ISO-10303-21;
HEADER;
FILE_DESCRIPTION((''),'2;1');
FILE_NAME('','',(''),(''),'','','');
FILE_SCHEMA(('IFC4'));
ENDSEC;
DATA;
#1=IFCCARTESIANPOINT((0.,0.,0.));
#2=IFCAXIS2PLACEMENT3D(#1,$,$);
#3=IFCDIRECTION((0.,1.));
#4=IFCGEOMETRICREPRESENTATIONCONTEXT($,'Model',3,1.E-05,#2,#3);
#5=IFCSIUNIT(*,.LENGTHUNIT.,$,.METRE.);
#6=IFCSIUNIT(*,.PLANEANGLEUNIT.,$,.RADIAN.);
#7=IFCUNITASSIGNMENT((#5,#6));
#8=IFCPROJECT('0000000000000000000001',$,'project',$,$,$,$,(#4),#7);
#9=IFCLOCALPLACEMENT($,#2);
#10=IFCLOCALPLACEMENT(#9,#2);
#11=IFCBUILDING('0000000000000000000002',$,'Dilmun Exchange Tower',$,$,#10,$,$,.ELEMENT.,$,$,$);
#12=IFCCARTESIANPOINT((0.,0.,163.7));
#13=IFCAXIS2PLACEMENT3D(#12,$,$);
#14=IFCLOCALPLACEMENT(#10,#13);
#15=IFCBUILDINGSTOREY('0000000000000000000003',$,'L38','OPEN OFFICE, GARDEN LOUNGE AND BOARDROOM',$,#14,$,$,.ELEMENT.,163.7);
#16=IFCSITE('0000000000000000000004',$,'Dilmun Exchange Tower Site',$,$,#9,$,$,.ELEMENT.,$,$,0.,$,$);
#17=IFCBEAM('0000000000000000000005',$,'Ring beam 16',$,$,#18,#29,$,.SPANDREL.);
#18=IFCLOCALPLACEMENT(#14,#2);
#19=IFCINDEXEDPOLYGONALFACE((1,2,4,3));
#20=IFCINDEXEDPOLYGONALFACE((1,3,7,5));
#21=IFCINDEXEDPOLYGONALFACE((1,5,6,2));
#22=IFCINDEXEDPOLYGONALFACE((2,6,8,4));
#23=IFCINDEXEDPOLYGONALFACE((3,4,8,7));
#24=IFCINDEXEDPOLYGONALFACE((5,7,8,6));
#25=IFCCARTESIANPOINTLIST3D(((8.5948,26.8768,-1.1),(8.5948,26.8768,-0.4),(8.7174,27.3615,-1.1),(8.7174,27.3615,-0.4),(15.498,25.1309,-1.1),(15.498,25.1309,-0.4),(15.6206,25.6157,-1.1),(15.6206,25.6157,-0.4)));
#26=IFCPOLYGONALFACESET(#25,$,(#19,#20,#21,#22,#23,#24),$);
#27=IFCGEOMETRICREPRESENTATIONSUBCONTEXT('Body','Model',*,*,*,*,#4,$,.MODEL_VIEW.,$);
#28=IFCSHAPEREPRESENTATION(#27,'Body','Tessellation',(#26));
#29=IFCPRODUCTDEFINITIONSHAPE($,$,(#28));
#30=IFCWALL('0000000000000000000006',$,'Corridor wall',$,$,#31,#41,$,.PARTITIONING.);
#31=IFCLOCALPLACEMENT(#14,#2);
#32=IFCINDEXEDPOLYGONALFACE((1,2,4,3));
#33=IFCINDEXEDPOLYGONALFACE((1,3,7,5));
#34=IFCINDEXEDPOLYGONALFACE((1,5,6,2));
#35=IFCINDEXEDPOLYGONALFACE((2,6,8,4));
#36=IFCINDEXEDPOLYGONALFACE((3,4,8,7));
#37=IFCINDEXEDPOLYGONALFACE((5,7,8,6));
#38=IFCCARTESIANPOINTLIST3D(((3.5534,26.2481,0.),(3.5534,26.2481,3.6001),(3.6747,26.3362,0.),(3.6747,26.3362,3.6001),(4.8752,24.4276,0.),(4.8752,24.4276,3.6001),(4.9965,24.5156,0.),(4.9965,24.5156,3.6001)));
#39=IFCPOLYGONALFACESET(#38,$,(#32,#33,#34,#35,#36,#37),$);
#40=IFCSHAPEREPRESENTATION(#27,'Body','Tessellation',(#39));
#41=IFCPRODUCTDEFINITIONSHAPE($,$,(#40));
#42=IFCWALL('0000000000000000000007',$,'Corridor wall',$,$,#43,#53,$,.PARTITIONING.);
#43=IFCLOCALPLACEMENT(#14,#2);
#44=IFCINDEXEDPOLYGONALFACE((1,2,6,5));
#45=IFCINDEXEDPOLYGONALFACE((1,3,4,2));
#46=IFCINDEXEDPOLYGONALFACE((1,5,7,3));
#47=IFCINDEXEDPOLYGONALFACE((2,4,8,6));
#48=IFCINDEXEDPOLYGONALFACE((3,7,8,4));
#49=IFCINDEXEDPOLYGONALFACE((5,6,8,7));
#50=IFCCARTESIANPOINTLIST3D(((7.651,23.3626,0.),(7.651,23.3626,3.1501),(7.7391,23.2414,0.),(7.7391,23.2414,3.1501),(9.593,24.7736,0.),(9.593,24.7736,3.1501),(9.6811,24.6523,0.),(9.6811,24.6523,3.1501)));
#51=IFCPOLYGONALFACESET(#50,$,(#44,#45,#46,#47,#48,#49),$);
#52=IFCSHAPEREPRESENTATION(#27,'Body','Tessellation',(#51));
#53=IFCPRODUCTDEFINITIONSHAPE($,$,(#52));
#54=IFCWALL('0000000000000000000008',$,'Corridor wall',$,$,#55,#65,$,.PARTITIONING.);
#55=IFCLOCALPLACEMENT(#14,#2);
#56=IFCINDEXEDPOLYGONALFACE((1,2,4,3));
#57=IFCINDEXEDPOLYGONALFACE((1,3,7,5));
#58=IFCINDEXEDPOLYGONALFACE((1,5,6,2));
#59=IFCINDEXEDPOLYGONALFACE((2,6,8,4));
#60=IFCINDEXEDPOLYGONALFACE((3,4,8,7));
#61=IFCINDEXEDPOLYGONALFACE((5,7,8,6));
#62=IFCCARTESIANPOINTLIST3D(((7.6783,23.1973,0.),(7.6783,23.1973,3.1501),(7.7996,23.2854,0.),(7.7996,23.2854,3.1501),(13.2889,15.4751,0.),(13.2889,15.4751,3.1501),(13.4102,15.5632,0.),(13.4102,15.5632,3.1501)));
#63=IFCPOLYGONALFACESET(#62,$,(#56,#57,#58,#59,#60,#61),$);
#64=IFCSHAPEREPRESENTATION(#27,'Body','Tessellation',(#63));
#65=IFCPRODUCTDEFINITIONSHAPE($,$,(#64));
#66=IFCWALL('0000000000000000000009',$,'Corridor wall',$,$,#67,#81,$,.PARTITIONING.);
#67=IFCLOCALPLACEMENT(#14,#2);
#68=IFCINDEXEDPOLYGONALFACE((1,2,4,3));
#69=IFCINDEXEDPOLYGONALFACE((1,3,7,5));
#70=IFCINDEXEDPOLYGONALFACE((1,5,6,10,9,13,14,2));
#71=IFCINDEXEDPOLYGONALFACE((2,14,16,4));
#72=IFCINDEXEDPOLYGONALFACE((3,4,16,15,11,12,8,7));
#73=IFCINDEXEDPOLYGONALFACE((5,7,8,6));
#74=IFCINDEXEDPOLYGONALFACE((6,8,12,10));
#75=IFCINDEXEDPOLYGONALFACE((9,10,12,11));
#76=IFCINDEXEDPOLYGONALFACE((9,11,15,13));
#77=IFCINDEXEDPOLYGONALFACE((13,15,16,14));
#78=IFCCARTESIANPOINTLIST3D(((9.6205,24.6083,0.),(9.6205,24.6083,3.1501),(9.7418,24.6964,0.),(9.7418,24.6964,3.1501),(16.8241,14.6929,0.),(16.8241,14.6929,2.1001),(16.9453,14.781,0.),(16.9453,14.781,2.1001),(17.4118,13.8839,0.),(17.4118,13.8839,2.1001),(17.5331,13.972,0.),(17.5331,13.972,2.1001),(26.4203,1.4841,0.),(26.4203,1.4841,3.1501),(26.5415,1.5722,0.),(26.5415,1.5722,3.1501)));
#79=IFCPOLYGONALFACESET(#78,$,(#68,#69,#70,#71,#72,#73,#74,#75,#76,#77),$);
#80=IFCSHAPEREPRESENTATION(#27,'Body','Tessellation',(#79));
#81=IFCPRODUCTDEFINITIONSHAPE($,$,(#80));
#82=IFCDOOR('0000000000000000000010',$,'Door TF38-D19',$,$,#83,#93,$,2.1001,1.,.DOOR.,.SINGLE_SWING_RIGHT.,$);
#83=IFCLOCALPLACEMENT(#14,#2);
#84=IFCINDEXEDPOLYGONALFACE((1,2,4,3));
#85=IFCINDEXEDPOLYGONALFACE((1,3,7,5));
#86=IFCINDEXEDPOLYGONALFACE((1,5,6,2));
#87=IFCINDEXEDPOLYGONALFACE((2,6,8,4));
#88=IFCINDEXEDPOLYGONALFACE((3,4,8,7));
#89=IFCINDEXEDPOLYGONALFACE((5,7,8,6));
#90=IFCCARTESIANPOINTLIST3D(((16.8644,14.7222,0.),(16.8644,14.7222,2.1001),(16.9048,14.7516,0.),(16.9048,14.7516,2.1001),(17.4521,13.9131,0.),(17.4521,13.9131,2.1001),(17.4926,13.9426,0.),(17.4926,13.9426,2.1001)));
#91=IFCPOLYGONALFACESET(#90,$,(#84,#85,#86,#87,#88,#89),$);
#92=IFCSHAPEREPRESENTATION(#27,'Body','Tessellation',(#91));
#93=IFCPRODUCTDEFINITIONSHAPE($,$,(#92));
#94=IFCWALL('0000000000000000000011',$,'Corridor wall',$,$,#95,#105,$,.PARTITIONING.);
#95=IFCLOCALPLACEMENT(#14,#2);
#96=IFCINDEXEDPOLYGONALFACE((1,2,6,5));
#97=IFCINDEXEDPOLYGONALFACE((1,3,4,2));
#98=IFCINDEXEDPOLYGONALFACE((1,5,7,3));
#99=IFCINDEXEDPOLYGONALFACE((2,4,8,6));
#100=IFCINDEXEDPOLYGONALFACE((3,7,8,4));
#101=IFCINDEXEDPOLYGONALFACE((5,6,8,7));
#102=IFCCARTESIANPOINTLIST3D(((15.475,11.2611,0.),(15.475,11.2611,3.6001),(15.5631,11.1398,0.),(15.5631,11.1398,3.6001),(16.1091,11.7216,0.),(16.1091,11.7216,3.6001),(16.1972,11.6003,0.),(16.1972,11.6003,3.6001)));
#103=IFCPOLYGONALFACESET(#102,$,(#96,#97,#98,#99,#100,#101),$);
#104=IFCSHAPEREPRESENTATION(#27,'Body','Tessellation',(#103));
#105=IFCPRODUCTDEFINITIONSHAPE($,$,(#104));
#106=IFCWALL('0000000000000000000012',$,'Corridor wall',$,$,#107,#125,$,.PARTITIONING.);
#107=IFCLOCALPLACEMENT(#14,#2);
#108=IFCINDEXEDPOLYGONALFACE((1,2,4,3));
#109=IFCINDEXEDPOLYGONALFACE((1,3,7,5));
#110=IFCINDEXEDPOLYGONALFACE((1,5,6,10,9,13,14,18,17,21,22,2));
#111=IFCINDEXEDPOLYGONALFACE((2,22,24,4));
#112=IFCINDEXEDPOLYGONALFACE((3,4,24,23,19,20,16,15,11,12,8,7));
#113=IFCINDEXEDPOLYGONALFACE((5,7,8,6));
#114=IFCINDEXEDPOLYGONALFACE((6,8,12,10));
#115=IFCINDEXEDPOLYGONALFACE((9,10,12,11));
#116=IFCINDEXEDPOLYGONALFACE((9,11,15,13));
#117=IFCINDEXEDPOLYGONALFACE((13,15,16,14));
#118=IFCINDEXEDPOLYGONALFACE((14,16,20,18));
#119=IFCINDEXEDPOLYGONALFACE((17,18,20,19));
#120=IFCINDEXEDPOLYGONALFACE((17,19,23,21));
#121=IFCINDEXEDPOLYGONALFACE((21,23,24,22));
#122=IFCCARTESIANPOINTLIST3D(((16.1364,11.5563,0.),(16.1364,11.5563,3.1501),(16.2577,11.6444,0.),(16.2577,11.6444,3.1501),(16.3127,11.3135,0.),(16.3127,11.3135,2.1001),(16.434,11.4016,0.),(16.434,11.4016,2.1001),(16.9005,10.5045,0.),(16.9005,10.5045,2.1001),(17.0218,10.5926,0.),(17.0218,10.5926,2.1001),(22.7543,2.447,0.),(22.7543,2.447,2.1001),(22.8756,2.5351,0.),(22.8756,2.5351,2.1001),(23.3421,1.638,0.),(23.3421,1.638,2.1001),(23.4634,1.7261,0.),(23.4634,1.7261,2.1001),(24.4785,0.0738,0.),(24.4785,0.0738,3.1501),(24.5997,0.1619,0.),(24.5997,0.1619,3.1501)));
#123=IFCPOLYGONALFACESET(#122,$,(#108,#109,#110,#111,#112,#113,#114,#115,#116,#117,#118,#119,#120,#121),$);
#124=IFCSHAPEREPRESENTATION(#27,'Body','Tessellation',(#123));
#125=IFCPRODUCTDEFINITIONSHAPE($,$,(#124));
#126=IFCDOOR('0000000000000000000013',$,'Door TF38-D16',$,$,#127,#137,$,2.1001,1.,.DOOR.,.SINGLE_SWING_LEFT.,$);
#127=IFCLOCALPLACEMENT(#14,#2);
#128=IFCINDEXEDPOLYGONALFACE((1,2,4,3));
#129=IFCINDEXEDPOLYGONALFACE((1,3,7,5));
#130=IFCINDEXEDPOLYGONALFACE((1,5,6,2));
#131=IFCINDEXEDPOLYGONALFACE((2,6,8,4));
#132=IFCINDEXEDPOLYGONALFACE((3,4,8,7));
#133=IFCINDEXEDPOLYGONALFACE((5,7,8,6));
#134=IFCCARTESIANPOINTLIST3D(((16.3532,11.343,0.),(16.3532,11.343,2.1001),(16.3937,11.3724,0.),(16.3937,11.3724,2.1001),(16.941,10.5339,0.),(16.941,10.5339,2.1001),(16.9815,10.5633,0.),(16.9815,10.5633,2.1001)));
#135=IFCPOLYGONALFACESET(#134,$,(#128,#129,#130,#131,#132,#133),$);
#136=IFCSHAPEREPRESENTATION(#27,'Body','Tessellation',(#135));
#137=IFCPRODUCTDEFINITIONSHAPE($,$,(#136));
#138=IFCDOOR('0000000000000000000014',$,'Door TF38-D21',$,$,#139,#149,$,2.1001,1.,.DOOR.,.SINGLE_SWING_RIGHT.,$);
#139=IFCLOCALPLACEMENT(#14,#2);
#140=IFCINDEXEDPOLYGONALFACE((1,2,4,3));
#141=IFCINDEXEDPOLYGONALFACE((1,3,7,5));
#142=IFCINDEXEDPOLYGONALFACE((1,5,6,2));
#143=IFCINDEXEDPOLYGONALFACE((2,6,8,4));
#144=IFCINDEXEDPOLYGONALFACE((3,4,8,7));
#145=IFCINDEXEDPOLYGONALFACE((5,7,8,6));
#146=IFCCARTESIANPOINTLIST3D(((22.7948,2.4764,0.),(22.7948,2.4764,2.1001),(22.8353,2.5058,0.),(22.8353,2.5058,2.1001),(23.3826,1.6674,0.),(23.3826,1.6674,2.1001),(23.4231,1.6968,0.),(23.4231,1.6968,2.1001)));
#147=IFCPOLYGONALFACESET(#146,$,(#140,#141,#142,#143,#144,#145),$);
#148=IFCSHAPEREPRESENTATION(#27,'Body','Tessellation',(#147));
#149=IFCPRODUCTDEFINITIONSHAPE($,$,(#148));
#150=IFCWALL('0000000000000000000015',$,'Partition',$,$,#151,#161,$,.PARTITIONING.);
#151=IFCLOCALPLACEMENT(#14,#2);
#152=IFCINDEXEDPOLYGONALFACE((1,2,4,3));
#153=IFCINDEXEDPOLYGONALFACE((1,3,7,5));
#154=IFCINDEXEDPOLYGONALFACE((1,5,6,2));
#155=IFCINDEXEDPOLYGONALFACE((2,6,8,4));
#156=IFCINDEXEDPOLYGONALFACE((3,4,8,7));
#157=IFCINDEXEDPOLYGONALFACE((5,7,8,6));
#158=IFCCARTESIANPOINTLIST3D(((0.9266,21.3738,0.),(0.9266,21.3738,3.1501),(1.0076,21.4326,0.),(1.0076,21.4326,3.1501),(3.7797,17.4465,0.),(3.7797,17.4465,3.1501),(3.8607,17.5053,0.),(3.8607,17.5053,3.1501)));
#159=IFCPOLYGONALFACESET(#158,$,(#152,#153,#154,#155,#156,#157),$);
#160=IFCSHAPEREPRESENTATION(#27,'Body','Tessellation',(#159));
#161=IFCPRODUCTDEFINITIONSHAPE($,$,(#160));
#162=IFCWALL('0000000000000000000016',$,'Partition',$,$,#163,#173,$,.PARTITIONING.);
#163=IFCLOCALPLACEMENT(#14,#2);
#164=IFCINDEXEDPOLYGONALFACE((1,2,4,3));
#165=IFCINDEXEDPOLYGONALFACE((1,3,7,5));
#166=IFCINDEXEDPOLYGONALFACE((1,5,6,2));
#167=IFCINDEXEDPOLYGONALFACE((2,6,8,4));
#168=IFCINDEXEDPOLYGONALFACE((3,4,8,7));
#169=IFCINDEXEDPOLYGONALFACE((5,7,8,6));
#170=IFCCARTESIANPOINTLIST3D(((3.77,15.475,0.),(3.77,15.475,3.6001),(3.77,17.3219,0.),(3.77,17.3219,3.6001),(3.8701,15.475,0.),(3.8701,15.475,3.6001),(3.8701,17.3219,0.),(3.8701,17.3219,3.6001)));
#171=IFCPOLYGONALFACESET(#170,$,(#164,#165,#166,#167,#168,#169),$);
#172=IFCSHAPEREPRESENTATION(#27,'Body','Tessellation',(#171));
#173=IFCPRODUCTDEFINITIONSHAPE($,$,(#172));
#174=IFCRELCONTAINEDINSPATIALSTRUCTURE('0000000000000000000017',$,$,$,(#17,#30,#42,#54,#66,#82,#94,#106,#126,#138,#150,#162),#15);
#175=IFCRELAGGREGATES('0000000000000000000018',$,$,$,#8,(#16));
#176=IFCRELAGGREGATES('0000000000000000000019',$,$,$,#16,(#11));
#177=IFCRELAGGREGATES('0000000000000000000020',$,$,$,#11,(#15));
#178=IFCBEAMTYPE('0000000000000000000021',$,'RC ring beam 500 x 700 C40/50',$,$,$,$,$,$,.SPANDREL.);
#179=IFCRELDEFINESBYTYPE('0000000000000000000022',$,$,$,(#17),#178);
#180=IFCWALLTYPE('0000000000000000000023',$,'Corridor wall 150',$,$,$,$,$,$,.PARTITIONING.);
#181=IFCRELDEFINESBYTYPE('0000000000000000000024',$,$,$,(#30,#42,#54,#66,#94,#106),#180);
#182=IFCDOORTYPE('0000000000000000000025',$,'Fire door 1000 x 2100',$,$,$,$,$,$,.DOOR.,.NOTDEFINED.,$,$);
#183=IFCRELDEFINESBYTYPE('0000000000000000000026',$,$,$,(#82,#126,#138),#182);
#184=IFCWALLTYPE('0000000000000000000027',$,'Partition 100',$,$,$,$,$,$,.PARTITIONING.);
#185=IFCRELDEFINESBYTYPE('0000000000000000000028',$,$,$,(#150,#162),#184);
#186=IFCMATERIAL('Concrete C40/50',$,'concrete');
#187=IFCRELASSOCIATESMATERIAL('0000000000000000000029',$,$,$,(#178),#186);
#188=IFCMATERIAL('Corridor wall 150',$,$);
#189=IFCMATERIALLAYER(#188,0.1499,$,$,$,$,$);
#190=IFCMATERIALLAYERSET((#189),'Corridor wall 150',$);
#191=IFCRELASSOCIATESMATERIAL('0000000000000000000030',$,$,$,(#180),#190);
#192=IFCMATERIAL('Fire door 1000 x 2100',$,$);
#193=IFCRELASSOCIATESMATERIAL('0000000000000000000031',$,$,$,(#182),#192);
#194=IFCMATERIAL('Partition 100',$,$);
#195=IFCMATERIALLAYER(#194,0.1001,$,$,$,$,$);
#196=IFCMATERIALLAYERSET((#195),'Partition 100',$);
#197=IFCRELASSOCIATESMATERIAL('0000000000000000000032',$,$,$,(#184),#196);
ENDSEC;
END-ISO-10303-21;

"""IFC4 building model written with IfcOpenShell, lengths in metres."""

from ifc_helpers import new_model, si_unit, direction, frame, frame_2d, origin, origin_2d, place, context, subcontext, project, spatial, rectangle, extrude, material, layer, layer_set, material_profile, profile_set, type_object, element, fill, save


model = new_model("IFC4")

# Units and contexts
model_context = context("Model", 3, precision=1e-05, world=origin(), true_north=direction((0.0, 1.0)))
body_context = subcontext(model_context, "Body", "Model", "MODEL_VIEW")
ifc_project = project(units=[si_unit("LENGTHUNIT", "METRE"), si_unit("PLANEANGLEUNIT", "RADIAN")], contexts=[model_context])

# Site, building, storey
site_placement = place(None, origin())
site = spatial("IfcSite", under=ifc_project, at=site_placement, Name="Dilmun Exchange Tower Site", CompositionType="ELEMENT", RefElevation=0.0)
building_placement = place(site_placement, origin())
building = spatial("IfcBuilding", under=site, at=building_placement, Name="Dilmun Exchange Tower", CompositionType="ELEMENT")
storey_placement = place(building_placement, frame((0.0, 0.0, 163.7)))
storey = spatial("IfcBuildingStorey", under=building, at=storey_placement, Name="L38", Description="OPEN OFFICE, GARDEN LOUNGE AND BOARDROOM", CompositionType="ELEMENT", Elevation=163.7)

# Beam
ifc_material_1 = material(Name="Concrete C40/50", Category="concrete")
ifc_material_profile_1 = material_profile(ifc_material_1, rectangle(XDim=0.5, YDim=0.7, at=origin_2d()), Name="500 x 700")
ifc_profile_set_1 = profile_set([ifc_material_profile_1], Name="Concrete C40/50")
beam_type_1 = type_object("IfcBeamType", Name="RC ring beam 500 x 700 C40/50", PredefinedType="SPANDREL", material=ifc_profile_set_1)
beam_1_placement = place(storey_placement, frame((15.5593, 25.3733, -0.75), z_axis=(-0.969477, 0.245181, 0.0), x_axis=(-0.245181, -0.969477, 0.0)))
element("IfcBeam", 1, at=beam_1_placement, inside=storey, type_object=beam_type_1, Name="Ring beam 16", PredefinedType="SPANDREL", context=body_context, shape_type="SweptSolid", body=[
    extrude(rectangle(XDim=0.5, YDim=0.7, at=origin_2d()), origin(), (0.0, 0.0, 1.0), 7.1206),
])

# Walls
ifc_material_2 = material(Name="Corridor wall 150")
ifc_layer_1 = layer(ifc_material_2, 0.1499)
ifc_layer_set_1 = layer_set([ifc_layer_1], Name="Corridor wall 150")
wall_type_1 = type_object("IfcWallType", Name="Corridor wall 150", PredefinedType="PARTITIONING", material=ifc_layer_set_1)
wall_1_placement = place(storey_placement, frame((3.614, 26.2922, 0.0), z_axis=(0.0, 0.0, 1.0), x_axis=(0.587513, -0.809214, 0.0)))
element("IfcWall", 2, at=wall_1_placement, inside=storey, type_object=wall_type_1, Name="Corridor wall", PredefinedType="PARTITIONING", context=body_context, shape_type="SweptSolid", body=[
    extrude(rectangle(XDim=2.2498, YDim=0.1499, at=frame_2d((1.125, 0.0))), origin(), (0.0, 0.0, 1.0), 3.6001),
])
wall_2_placement = place(storey_placement, frame((7.6951, 23.302, 0.0), z_axis=(0.0, 0.0, 1.0), x_axis=(0.809013, 0.587791, 0.0)))
element("IfcWall", 3, at=wall_2_placement, inside=storey, type_object=wall_type_1, Name="Corridor wall", PredefinedType="PARTITIONING", context=body_context, shape_type="SweptSolid", body=[
    extrude(rectangle(XDim=2.4004, YDim=0.1499, at=frame_2d((1.2002, 0.0))), origin(), (0.0, 0.0, 1.0), 3.1501),
])
wall_3_placement = place(storey_placement, frame((7.739, 23.2412, 0.0), z_axis=(0.0, 0.0, 1.0), x_axis=(0.587793, -0.809011, 0.0)))
element("IfcWall", 4, at=wall_3_placement, inside=storey, type_object=wall_type_1, Name="Corridor wall", PredefinedType="PARTITIONING", context=body_context, shape_type="SweptSolid", body=[
    extrude(rectangle(XDim=9.5452, YDim=0.1499, at=frame_2d((4.7725, 0.0))), origin(), (0.0, 0.0, 1.0), 3.1501),
])

# Wall, opening, door
wall_4_placement = place(storey_placement, frame((9.6812, 24.6523, 0.0), z_axis=(0.0, 0.0, 1.0), x_axis=(0.587763, -0.809033, 0.0)))
wall_4 = element("IfcWall", 5, at=wall_4_placement, inside=storey, type_object=wall_type_1, Name="Corridor wall", PredefinedType="PARTITIONING", context=body_context, shape_type="SweptSolid", body=[
    extrude(rectangle(XDim=28.5825, YDim=0.1499, at=frame_2d((14.2913, 0.0))), origin(), (0.0, 0.0, 1.0), 3.1501),
])
opening_1_placement = place(wall_4_placement, frame((12.2559, 0.0, 0.0)))
opening_1 = element("IfcOpeningElement", 6, at=opening_1_placement, cuts=wall_4, PredefinedType="OPENING", context=body_context, shape_type="SweptSolid", body=[
    extrude(rectangle(XDim=1.0, YDim=2.1001, at=frame_2d((0.5, 1.05))), frame((0.0, 0.085, 0.0), z_axis=(0.0, -1.0, 0.0), x_axis=(1.0, 0.0, 0.0)), (0.0, 0.0, 1.0), 0.1699),
])
ifc_material_3 = material(Name="Fire door 1000 x 2100")
door_type = type_object("IfcDoorType", Name="Fire door 1000 x 2100", OperationType="NOTDEFINED", PredefinedType="DOOR", material=ifc_material_3)
door_1_placement = place(opening_1_placement, origin())
door_1 = element("IfcDoor", 7, at=door_1_placement, inside=storey, type_object=door_type, Name="Door TF38-D19", OperationType="SINGLE_SWING_RIGHT", OverallHeight=2.1001, OverallWidth=1.0, PredefinedType="DOOR", context=body_context, shape_type="SweptSolid", body=[
    extrude(rectangle(XDim=1.0, YDim=2.1001, at=frame_2d((0.5, 1.05))), frame((0.0, 0.0249, 0.0), z_axis=(0.0, -1.0, 0.0), x_axis=(1.0, 0.0, 0.0)), (0.0, 0.0, 1.0), 0.05),
])
fill(opening_1, door_1)

# Wall
wall_5_placement = place(storey_placement, frame((15.519, 11.2004, 0.0), z_axis=(0.0, 0.0, 1.0), x_axis=(0.80914, 0.587616, 0.0)))
element("IfcWall", 8, at=wall_5_placement, inside=storey, type_object=wall_type_1, Name="Corridor wall", PredefinedType="PARTITIONING", context=body_context, shape_type="SweptSolid", body=[
    extrude(rectangle(XDim=0.7837, YDim=0.1499, at=frame_2d((0.3918, 0.0))), origin(), (0.0, 0.0, 1.0), 3.6001),
])

# Wall, openings, doors
wall_6_placement = place(storey_placement, frame((16.197, 11.6003, 0.0), z_axis=(0.0, 0.0, 1.0), x_axis=(0.587766, -0.809031, 0.0)))
wall_6 = element("IfcWall", 9, at=wall_6_placement, inside=storey, type_object=wall_type_1, Name="Corridor wall", PredefinedType="PARTITIONING", context=body_context, shape_type="SweptSolid", body=[
    extrude(rectangle(XDim=14.1929, YDim=0.1499, at=frame_2d((7.0964, 0.0))), origin(), (0.0, 0.0, 1.0), 3.1501),
])
opening_2_placement = place(wall_6_placement, frame((0.3, 0.0, 0.0)))
opening_2 = element("IfcOpeningElement", 10, at=opening_2_placement, cuts=wall_6, PredefinedType="OPENING", context=body_context, shape_type="SweptSolid", body=[
    extrude(rectangle(XDim=1.0, YDim=2.1001, at=frame_2d((0.5, 1.05))), frame((0.0, 0.085, 0.0), z_axis=(0.0, -1.0, 0.0), x_axis=(1.0, 0.0, 0.0)), (0.0, 0.0, 1.0), 0.1699),
])
opening_3_placement = place(wall_6_placement, frame((11.2595, 0.0, 0.0)))
opening_3 = element("IfcOpeningElement", 11, at=opening_3_placement, cuts=wall_6, PredefinedType="OPENING", context=body_context, shape_type="SweptSolid", body=[
    extrude(rectangle(XDim=1.0, YDim=2.1001, at=frame_2d((0.5, 1.05))), frame((0.0, 0.085, 0.0), z_axis=(0.0, -1.0, 0.0), x_axis=(1.0, 0.0, 0.0)), (0.0, 0.0, 1.0), 0.1699),
])
door_2_placement = place(opening_2_placement, frame((1.0, 0.0, 0.0), z_axis=(0.0, 0.0, 1.0), x_axis=(-1.0, 0.0, 0.0)))
door_2 = element("IfcDoor", 12, at=door_2_placement, inside=storey, type_object=door_type, Name="Door TF38-D16", OperationType="SINGLE_SWING_LEFT", OverallHeight=2.1001, OverallWidth=1.0, PredefinedType="DOOR", context=body_context, shape_type="SweptSolid", body=[
    extrude(rectangle(XDim=1.0, YDim=2.1001, at=frame_2d((0.5, 1.05))), frame((0.0, 0.0249, 0.0), z_axis=(0.0, -1.0, 0.0), x_axis=(1.0, 0.0, 0.0)), (0.0, 0.0, 1.0), 0.05),
])
fill(opening_2, door_2)
door_3_placement = place(opening_3_placement, frame((1.0, 0.0, 0.0), z_axis=(0.0, 0.0, 1.0), x_axis=(-1.0, 0.0, 0.0)))
door_3 = element("IfcDoor", 13, at=door_3_placement, inside=storey, type_object=door_type, Name="Door TF38-D21", OperationType="SINGLE_SWING_RIGHT", OverallHeight=2.1001, OverallWidth=1.0, PredefinedType="DOOR", context=body_context, shape_type="SweptSolid", body=[
    extrude(rectangle(XDim=1.0, YDim=2.1001, at=frame_2d((0.5, 1.05))), frame((0.0, 0.0249, 0.0), z_axis=(0.0, -1.0, 0.0), x_axis=(1.0, 0.0, 0.0)), (0.0, 0.0, 1.0), 0.05),
])
fill(opening_3, door_3)

# Walls
ifc_material_4 = material(Name="Partition 100")
ifc_layer_2 = layer(ifc_material_4, 0.1001)
ifc_layer_set_2 = layer_set([ifc_layer_2], Name="Partition 100")
wall_type_2 = type_object("IfcWallType", Name="Partition 100", PredefinedType="PARTITIONING", material=ifc_layer_set_2)
wall_7_placement = place(storey_placement, frame((0.967, 21.4033, 0.0), z_axis=(0.0, 0.0, 1.0), x_axis=(0.587747, -0.809045, 0.0)))
element("IfcWall", 14, at=wall_7_placement, inside=storey, type_object=wall_type_2, Name="Partition", PredefinedType="PARTITIONING", context=body_context, shape_type="SweptSolid", body=[
    extrude(rectangle(XDim=4.8542, YDim=0.1001, at=frame_2d((2.4272, 0.0))), origin(), (0.0, 0.0, 1.0), 3.1501),
])
wall_8_placement = place(storey_placement, frame((3.8201, 15.4751, 0.0), z_axis=(0.0, 0.0, 1.0), x_axis=(0.0, 1.0, 0.0)))
element("IfcWall", 15, at=wall_8_placement, inside=storey, type_object=wall_type_2, Name="Partition", PredefinedType="PARTITIONING", context=body_context, shape_type="SweptSolid", body=[
    extrude(rectangle(XDim=1.8469, YDim=0.1001, at=frame_2d((0.9233, 0.0))), origin(), (0.0, 0.0, 1.0), 3.6001),
])

save(model, "model.ifc")
